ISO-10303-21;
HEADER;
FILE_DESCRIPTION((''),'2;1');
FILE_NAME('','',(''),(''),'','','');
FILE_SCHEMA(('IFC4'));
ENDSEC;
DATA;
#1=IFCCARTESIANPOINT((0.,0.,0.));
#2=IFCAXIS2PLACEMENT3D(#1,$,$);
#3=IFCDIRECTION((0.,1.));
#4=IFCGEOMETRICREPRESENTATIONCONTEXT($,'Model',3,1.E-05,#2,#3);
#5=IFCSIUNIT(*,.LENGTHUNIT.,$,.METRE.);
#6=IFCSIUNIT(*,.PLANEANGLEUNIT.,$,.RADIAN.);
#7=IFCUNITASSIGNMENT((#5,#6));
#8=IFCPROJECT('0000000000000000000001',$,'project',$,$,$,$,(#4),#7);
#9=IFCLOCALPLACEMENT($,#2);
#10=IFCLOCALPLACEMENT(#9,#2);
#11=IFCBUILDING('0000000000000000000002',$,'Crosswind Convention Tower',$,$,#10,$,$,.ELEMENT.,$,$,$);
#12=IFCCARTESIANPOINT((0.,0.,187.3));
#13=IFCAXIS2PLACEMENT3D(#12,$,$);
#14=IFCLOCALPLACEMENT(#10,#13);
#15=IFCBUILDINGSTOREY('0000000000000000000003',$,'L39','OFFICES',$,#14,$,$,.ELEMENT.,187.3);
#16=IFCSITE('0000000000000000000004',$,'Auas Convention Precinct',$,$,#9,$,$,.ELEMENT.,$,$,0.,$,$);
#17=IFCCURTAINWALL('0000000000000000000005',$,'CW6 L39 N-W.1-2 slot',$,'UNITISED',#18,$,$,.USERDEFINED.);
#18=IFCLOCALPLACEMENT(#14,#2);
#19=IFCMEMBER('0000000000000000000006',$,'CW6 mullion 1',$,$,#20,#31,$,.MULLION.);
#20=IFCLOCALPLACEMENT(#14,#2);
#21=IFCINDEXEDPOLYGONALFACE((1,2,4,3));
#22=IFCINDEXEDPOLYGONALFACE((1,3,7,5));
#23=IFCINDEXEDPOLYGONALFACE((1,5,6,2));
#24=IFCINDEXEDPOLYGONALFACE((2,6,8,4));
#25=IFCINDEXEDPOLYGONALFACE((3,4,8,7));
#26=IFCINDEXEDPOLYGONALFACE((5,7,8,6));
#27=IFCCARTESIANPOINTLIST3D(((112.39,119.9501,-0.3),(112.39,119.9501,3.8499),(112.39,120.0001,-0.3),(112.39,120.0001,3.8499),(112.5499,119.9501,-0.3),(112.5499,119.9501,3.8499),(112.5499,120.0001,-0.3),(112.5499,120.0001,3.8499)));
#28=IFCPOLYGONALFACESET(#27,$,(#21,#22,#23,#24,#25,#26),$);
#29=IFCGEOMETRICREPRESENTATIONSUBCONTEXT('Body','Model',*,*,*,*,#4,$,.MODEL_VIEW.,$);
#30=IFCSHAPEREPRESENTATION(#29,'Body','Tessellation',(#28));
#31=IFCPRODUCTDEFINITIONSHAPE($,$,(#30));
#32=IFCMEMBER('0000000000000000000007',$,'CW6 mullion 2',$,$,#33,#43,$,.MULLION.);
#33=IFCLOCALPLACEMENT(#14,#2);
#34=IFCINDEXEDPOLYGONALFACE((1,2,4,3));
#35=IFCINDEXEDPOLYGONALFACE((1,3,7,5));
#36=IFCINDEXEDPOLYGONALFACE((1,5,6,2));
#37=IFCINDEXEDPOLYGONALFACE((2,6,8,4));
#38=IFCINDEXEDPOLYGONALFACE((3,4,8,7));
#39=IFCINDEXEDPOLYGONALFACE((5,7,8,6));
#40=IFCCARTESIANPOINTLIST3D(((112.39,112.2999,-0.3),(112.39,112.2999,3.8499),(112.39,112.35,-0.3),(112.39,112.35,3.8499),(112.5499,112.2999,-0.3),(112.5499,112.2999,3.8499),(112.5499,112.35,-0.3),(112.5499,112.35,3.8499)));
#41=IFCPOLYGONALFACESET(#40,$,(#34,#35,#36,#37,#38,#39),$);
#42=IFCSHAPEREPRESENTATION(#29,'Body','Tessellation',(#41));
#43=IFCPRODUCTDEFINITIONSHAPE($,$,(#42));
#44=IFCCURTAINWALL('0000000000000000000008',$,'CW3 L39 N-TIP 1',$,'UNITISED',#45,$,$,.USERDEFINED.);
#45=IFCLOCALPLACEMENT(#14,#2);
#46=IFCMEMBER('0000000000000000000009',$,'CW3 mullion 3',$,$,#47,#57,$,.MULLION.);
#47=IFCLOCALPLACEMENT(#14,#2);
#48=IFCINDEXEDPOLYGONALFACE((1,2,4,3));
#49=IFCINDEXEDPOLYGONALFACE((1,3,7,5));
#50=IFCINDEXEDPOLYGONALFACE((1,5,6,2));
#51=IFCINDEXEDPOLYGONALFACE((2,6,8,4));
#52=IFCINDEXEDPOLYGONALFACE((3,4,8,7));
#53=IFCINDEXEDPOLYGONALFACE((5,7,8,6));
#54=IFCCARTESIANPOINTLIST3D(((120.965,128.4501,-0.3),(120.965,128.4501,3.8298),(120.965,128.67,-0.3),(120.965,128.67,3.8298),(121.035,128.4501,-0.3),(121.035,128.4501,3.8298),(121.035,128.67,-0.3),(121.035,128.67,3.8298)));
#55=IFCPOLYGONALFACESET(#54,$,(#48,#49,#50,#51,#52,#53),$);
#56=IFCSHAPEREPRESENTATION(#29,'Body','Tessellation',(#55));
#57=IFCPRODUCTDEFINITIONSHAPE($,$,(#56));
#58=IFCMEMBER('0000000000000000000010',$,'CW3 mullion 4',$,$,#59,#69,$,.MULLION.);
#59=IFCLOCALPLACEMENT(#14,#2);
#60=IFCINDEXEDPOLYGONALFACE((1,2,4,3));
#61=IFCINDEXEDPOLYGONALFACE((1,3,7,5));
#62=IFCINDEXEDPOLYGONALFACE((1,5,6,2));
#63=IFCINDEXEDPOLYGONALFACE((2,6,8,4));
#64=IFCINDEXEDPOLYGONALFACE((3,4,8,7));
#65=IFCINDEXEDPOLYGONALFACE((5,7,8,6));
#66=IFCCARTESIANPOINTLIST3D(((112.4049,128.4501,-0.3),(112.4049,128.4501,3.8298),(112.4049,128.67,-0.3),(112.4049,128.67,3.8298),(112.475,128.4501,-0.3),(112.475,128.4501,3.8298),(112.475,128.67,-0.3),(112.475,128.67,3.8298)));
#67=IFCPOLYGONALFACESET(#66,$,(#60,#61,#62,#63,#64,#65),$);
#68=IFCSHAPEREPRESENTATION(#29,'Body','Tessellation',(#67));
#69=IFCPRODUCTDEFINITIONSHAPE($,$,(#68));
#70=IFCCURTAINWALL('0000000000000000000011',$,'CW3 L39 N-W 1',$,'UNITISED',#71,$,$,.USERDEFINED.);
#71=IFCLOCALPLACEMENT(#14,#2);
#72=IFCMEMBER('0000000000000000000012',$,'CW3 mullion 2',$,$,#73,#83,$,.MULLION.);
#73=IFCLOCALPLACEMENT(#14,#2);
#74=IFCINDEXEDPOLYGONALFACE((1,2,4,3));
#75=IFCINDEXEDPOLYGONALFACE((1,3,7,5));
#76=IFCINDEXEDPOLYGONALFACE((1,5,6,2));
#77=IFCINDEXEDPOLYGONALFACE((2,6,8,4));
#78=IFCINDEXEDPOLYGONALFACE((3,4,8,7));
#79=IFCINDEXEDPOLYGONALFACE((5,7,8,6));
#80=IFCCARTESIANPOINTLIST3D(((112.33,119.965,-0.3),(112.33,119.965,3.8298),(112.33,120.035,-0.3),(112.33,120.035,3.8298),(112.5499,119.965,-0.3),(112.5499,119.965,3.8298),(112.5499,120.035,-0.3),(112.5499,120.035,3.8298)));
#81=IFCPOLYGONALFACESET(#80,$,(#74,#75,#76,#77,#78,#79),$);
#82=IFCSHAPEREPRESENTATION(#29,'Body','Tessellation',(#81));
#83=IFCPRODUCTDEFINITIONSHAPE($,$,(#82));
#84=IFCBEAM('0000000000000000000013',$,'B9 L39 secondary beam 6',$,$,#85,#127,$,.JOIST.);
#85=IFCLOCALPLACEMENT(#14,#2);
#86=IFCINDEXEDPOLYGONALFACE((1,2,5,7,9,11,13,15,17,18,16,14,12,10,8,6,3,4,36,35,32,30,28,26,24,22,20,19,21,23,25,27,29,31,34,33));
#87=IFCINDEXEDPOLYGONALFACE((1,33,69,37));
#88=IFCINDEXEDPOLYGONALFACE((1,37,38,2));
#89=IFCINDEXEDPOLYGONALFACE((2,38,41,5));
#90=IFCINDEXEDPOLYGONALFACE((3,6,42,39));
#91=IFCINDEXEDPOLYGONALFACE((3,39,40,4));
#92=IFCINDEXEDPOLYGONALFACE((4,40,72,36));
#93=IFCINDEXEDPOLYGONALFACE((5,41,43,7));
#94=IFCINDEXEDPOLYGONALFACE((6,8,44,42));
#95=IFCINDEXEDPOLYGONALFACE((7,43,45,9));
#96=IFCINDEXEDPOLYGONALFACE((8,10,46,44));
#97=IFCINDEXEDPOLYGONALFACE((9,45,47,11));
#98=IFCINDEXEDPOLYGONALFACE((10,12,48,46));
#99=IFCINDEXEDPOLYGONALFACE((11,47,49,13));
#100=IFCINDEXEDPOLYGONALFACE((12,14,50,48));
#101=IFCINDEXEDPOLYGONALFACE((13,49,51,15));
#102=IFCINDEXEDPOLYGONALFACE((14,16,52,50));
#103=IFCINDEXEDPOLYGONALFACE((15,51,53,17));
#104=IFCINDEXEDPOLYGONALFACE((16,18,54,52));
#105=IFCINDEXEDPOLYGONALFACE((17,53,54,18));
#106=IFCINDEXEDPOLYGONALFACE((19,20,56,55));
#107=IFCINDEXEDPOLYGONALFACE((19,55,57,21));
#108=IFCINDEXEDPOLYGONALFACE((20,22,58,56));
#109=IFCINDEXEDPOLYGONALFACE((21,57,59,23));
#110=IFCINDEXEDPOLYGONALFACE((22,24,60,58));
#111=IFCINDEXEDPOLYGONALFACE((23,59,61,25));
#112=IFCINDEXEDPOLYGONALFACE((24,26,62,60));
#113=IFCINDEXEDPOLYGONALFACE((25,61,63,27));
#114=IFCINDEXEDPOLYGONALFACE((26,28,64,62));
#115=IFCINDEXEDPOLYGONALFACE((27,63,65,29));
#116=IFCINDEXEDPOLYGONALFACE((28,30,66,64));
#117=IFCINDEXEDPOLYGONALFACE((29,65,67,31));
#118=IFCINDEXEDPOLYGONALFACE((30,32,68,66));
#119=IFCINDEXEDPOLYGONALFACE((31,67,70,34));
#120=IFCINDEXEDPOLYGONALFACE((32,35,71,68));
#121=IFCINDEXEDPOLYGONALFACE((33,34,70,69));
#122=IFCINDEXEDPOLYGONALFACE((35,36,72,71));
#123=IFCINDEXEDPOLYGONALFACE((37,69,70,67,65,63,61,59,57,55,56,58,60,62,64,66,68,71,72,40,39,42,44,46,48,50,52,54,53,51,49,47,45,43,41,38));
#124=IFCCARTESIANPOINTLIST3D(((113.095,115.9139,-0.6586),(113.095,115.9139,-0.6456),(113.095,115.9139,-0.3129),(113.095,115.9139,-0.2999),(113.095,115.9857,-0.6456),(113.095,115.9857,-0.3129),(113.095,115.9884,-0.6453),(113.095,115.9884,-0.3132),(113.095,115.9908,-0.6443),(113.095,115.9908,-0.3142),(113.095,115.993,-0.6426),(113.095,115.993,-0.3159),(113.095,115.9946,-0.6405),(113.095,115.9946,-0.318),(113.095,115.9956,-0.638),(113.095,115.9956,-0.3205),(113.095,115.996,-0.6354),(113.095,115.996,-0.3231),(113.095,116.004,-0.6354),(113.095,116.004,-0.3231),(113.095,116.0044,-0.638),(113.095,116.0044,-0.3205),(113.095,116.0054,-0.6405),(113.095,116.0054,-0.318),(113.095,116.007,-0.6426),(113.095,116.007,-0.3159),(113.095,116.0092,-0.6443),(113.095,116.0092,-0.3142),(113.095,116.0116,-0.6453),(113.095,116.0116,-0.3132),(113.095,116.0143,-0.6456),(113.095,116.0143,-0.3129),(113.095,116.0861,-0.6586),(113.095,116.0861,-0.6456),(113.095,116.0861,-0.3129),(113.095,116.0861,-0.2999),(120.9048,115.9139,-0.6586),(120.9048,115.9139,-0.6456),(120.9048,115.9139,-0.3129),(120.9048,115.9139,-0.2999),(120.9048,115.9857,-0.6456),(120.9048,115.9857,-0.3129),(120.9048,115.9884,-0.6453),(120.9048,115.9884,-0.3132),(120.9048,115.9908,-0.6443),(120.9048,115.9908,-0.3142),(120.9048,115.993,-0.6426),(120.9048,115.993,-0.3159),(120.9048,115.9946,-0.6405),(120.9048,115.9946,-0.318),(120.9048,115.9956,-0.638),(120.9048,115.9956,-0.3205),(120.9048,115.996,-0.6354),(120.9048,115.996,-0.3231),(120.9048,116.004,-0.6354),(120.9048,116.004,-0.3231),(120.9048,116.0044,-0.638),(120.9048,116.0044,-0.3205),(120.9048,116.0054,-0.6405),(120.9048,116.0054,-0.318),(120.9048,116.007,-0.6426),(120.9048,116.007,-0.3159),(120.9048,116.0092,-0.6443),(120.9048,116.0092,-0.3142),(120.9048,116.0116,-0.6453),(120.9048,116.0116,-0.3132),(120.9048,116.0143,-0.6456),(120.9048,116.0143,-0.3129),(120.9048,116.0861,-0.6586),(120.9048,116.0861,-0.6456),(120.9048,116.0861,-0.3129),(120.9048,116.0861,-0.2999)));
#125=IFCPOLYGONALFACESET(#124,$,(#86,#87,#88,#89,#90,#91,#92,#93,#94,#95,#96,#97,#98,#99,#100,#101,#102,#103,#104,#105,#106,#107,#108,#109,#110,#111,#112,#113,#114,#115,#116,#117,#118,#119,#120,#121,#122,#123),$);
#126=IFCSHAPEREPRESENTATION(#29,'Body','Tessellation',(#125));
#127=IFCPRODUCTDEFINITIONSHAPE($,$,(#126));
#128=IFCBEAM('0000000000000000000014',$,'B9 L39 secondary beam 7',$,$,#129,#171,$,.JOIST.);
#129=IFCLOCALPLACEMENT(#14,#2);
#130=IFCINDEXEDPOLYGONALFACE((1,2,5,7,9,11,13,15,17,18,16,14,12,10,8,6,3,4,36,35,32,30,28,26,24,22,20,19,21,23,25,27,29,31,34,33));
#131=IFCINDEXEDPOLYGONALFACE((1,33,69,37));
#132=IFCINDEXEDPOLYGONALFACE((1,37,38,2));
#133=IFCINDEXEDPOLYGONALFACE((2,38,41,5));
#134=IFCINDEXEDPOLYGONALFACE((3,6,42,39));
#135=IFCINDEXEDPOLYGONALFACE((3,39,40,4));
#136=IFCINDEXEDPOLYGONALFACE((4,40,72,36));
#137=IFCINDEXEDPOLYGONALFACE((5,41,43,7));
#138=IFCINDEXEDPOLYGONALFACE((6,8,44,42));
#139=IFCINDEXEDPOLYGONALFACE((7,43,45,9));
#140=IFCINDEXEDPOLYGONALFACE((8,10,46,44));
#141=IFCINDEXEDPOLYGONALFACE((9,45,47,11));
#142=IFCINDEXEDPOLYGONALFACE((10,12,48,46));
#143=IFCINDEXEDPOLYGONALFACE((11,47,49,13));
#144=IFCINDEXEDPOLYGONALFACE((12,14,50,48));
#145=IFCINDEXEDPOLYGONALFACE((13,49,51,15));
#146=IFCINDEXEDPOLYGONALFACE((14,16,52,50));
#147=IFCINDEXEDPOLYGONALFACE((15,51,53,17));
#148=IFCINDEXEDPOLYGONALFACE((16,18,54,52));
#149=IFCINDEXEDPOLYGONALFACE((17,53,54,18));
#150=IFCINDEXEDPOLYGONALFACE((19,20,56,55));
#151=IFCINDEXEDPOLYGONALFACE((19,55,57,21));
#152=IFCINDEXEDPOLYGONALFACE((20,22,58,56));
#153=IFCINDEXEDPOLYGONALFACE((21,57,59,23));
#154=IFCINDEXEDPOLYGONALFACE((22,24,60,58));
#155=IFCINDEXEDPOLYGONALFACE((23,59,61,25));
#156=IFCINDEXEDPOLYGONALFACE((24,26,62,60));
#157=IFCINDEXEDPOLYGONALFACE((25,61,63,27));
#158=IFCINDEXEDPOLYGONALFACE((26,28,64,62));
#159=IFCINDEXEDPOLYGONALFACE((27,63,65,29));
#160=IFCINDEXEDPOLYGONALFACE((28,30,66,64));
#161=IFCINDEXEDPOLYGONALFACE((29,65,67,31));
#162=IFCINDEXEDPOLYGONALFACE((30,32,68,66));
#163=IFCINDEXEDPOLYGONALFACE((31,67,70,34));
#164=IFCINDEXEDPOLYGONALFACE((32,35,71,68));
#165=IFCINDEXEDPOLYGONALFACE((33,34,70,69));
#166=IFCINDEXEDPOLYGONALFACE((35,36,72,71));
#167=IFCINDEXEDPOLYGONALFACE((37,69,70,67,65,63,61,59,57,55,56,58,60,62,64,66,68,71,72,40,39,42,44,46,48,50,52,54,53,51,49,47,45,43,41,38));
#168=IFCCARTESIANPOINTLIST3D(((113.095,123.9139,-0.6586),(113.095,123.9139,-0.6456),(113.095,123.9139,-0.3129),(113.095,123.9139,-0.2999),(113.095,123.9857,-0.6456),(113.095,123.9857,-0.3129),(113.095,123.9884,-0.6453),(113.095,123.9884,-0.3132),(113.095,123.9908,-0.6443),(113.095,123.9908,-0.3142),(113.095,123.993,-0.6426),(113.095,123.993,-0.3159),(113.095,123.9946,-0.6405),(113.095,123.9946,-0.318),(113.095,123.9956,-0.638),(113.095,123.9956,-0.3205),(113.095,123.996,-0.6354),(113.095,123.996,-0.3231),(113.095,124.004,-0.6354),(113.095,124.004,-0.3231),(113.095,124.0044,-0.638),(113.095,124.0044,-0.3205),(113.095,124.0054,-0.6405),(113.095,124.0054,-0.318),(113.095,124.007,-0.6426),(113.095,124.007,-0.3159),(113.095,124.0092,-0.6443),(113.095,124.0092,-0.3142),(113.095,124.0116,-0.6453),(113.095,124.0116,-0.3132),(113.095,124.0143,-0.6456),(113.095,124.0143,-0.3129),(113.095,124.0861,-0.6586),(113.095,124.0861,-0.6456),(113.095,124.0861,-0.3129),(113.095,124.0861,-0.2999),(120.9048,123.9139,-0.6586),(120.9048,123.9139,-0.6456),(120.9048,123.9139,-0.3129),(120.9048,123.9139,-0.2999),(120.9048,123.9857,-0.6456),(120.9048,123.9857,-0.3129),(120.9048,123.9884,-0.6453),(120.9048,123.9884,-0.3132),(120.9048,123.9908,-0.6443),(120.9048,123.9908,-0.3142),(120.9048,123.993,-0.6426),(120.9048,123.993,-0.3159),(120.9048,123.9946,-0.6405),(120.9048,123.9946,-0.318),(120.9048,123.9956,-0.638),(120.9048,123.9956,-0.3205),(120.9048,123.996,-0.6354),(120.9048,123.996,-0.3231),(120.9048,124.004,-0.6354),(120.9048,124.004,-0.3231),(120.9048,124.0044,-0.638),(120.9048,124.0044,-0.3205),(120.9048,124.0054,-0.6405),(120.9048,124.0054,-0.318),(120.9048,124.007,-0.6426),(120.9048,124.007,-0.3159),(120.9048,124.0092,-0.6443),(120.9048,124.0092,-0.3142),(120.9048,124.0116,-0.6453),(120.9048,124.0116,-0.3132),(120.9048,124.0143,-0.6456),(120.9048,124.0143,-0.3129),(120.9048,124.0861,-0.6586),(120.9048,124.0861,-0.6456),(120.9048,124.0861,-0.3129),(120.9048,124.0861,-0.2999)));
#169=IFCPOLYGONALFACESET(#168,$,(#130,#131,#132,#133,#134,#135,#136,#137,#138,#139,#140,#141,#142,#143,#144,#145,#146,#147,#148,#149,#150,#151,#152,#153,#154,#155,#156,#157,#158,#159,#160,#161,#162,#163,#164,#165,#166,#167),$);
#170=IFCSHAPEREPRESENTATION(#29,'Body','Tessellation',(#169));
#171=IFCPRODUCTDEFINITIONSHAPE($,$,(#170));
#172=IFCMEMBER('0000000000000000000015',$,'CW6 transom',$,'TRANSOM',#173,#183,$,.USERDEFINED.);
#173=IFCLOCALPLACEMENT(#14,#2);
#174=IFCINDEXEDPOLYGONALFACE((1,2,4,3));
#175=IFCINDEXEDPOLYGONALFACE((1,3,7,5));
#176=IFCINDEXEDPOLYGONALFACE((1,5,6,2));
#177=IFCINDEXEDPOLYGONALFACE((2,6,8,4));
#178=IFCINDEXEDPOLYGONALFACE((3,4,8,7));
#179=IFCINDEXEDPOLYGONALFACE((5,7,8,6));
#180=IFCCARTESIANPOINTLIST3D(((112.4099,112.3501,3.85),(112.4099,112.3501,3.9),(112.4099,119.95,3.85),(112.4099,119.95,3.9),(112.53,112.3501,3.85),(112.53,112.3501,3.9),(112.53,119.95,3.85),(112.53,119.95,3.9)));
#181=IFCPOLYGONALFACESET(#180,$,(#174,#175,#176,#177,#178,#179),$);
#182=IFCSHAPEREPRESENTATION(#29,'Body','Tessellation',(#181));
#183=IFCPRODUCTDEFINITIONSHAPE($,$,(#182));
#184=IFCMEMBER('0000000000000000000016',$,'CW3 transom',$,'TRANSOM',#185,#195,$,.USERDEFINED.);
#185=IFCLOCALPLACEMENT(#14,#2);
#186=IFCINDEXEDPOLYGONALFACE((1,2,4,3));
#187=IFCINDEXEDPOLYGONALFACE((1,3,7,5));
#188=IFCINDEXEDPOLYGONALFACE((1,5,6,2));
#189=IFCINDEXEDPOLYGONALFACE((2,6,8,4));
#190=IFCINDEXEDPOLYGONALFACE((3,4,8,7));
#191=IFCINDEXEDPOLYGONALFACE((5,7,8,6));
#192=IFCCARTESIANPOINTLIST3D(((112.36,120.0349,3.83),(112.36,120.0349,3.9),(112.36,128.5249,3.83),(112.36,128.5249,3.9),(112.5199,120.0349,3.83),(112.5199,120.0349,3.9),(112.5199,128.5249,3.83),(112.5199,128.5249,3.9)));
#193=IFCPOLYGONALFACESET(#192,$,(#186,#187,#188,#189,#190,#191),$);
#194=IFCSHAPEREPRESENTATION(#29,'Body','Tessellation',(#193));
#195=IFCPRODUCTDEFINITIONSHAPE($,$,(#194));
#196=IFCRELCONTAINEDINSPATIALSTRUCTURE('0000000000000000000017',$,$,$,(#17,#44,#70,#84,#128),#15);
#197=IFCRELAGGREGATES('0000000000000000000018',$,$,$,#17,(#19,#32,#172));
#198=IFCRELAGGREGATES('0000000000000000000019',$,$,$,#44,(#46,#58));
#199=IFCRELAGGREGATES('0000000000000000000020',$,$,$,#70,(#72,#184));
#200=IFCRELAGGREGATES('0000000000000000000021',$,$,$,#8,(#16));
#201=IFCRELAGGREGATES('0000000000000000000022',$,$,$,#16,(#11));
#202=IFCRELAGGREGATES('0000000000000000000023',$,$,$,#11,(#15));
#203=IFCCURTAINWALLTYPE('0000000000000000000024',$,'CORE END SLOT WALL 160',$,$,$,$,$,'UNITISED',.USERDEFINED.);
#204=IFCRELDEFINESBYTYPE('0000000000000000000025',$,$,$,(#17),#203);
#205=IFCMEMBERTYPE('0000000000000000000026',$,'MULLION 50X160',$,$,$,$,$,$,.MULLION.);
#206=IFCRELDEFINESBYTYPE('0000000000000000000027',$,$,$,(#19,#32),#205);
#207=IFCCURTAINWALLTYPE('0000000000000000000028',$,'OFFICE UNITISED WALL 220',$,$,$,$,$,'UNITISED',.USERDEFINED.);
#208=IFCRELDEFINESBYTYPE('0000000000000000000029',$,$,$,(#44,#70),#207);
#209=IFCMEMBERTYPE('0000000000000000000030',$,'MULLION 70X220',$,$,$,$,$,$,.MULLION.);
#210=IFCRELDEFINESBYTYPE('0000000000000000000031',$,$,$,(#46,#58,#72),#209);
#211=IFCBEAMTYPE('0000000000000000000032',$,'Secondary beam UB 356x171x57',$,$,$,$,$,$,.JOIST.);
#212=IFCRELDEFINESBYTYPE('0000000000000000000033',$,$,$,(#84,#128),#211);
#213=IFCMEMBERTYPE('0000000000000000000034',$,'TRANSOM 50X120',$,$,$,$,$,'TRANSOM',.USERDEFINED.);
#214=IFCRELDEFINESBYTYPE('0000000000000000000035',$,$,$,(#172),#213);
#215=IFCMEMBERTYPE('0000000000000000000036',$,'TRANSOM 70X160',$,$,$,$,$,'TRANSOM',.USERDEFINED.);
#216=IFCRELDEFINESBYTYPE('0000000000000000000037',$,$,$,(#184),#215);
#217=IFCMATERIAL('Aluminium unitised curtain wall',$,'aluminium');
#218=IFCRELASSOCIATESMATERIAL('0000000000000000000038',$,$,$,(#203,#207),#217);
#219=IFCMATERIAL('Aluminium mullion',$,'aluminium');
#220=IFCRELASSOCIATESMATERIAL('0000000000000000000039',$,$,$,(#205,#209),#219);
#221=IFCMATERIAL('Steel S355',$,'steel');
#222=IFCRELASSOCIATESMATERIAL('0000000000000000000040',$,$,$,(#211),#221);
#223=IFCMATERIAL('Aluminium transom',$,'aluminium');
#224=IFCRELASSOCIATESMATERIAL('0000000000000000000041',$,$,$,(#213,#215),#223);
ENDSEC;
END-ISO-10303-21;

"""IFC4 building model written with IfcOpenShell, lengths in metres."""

from ifc_helpers import new_model, si_unit, direction, frame, origin, origin_2d, place, context, subcontext, project, spatial, rectangle, i_section, extrude, material, material_profile, profile_set, type_object, element, aggregate, save


model = new_model("IFC4")

# Units and contexts
model_context = context("Model", 3, precision=1e-05, world=origin(), true_north=direction((0.0, 1.0)))
body_context = subcontext(model_context, "Body", "Model", "MODEL_VIEW")
ifc_project = project(units=[si_unit("LENGTHUNIT", "METRE"), si_unit("PLANEANGLEUNIT", "RADIAN")], contexts=[model_context])

# Site, building, storey
site_placement = place(None, origin())
site = spatial("IfcSite", under=ifc_project, at=site_placement, Name="Auas Convention Precinct", CompositionType="ELEMENT", RefElevation=0.0)
building_placement = place(site_placement, origin())
building = spatial("IfcBuilding", under=site, at=building_placement, Name="Crosswind Convention Tower", CompositionType="ELEMENT")
storey_placement = place(building_placement, frame((0.0, 0.0, 187.3)))
storey = spatial("IfcBuildingStorey", under=building, at=storey_placement, Name="L39", Description="OFFICES", CompositionType="ELEMENT", Elevation=187.3)

# Shared definitions
ifc_material_1 = material(Name="Steel S355", Category="steel")

# Curtain walls, members
ifc_material_2 = material(Name="Aluminium unitised curtain wall", Category="aluminium")
curtain_wall_type_1 = type_object("IfcCurtainWallType", Name="CORE END SLOT WALL 160", ElementType="UNITISED", PredefinedType="USERDEFINED", material=ifc_material_2)
curtain_wall_1_placement = place(storey_placement, origin())
curtain_wall_1 = element("IfcCurtainWall", 1, at=curtain_wall_1_placement, inside=storey, type_object=curtain_wall_type_1, Name="CW6 L39 N-W.1-2 slot", ObjectType="UNITISED", PredefinedType="USERDEFINED")
ifc_material_3 = material(Name="Aluminium mullion", Category="aluminium")
ifc_material_profile_1 = material_profile(ifc_material_3, rectangle(XDim=0.1599, YDim=0.05, at=origin_2d()), Name="AL 160X50")
ifc_profile_set_1 = profile_set([ifc_material_profile_1], Name="Aluminium mullion")
member_type_1 = type_object("IfcMemberType", Name="MULLION 50X160", PredefinedType="MULLION", material=ifc_profile_set_1)
member_1_placement = place(storey_placement, frame((112.47, 119.9751, -0.3), z_axis=(0.0, 0.0, 1.0), x_axis=(-1.0, 0.0, 0.0)))
member_1 = element("IfcMember", 2, at=member_1_placement, type_object=member_type_1, Name="CW6 mullion 1", PredefinedType="MULLION", context=body_context, shape_type="SweptSolid", body=[
    extrude(rectangle(XDim=0.1599, YDim=0.05, at=origin_2d()), origin(), (0.0, 0.0, 1.0), 4.1499),
])
member_2_placement = place(storey_placement, frame((112.47, 112.325, -0.3), z_axis=(0.0, 0.0, 1.0), x_axis=(-1.0, 0.0, 0.0)))
member_2 = element("IfcMember", 3, at=member_2_placement, type_object=member_type_1, Name="CW6 mullion 2", PredefinedType="MULLION", context=body_context, shape_type="SweptSolid", body=[
    extrude(rectangle(XDim=0.1599, YDim=0.05, at=origin_2d()), origin(), (0.0, 0.0, 1.0), 4.1499),
])
curtain_wall_type_2 = type_object("IfcCurtainWallType", Name="OFFICE UNITISED WALL 220", ElementType="UNITISED", PredefinedType="USERDEFINED", material=ifc_material_2)
curtain_wall_2_placement = place(storey_placement, origin())
curtain_wall_2 = element("IfcCurtainWall", 4, at=curtain_wall_2_placement, inside=storey, type_object=curtain_wall_type_2, Name="CW3 L39 N-TIP 1", ObjectType="UNITISED", PredefinedType="USERDEFINED")
ifc_material_profile_2 = material_profile(ifc_material_3, rectangle(XDim=0.22, YDim=0.0701, at=origin_2d()), Name="AL 220X70")
ifc_profile_set_2 = profile_set([ifc_material_profile_2], Name="Aluminium mullion")
member_type_2 = type_object("IfcMemberType", Name="MULLION 70X220", PredefinedType="MULLION", material=ifc_profile_set_2)
member_3_placement = place(storey_placement, frame((121.0, 128.5601, -0.3), z_axis=(0.0, 0.0, 1.0), x_axis=(0.0, 1.0, 0.0)))
member_3 = element("IfcMember", 5, at=member_3_placement, type_object=member_type_2, Name="CW3 mullion 3", PredefinedType="MULLION", context=body_context, shape_type="SweptSolid", body=[
    extrude(rectangle(XDim=0.22, YDim=0.0701, at=origin_2d()), origin(), (0.0, 0.0, 1.0), 4.1299),
])
member_4_placement = place(storey_placement, frame((112.4399, 128.5601, -0.3), z_axis=(0.0, 0.0, 1.0), x_axis=(0.0, 1.0, 0.0)))
member_4 = element("IfcMember", 6, at=member_4_placement, type_object=member_type_2, Name="CW3 mullion 4", PredefinedType="MULLION", context=body_context, shape_type="SweptSolid", body=[
    extrude(rectangle(XDim=0.22, YDim=0.0701, at=origin_2d()), origin(), (0.0, 0.0, 1.0), 4.1299),
])

# Curtain wall, member
curtain_wall_3_placement = place(storey_placement, origin())
curtain_wall_3 = element("IfcCurtainWall", 7, at=curtain_wall_3_placement, inside=storey, type_object=curtain_wall_type_2, Name="CW3 L39 N-W 1", ObjectType="UNITISED", PredefinedType="USERDEFINED")
member_5_placement = place(storey_placement, frame((112.4399, 120.0, -0.3), z_axis=(0.0, 0.0, 1.0), x_axis=(-1.0, 0.0, 0.0)))
member_5 = element("IfcMember", 8, at=member_5_placement, type_object=member_type_2, Name="CW3 mullion 2", PredefinedType="MULLION", context=body_context, shape_type="SweptSolid", body=[
    extrude(rectangle(XDim=0.22, YDim=0.0701, at=origin_2d()), origin(), (0.0, 0.0, 1.0), 4.1299),
])

# Beams
ifc_material_profile_3 = material_profile(ifc_material_1, i_section(OverallWidth=0.1721, OverallDepth=0.3586, WebThickness=0.0081, FlangeThickness=0.0129, FilletRadius=0.0103, at=origin_2d()), Name="UB 356x171x57")
ifc_profile_set_3 = profile_set([ifc_material_profile_3], Name="Steel S355")
beam_type_1 = type_object("IfcBeamType", Name="Secondary beam UB 356x171x57", PredefinedType="JOIST", material=ifc_profile_set_3)
for number, where, z_axis, x_axis, name in (
    (9, (113.095, 116.0, -0.4792), (1.0, 0.0, 0.0), (0.0, 1.0, 0.0), "B9 L39 secondary beam 6"),
    (10, (113.095, 124.0, -0.4792), (1.0, 0.0, 0.0), (0.0, 1.0, 0.0), "B9 L39 secondary beam 7"),
):
    element("IfcBeam", number, at=place(storey_placement, frame(where, z_axis=z_axis, x_axis=x_axis)), inside=storey, type_object=beam_type_1, Name=name, PredefinedType="JOIST", context=body_context, shape_type="SweptSolid", body=[
        extrude(i_section(OverallWidth=0.1721, OverallDepth=0.3586, WebThickness=0.0081, FlangeThickness=0.0129, FilletRadius=0.0103, at=origin_2d()), origin(), (0.0, 0.0, 1.0), 7.8098),
    ])

# Members
ifc_material_4 = material(Name="Aluminium transom", Category="aluminium")
ifc_material_profile_4 = material_profile(ifc_material_4, rectangle(XDim=0.1201, YDim=0.05, at=origin_2d()), Name="AL 120X50")
ifc_profile_set_4 = profile_set([ifc_material_profile_4], Name="Aluminium transom")
member_type_3 = type_object("IfcMemberType", Name="TRANSOM 50X120", ElementType="TRANSOM", PredefinedType="USERDEFINED", material=ifc_profile_set_4)
member_6_placement = place(storey_placement, frame((112.47, 119.95, 3.875), z_axis=(0.0, -1.0, 0.0), x_axis=(1.0, 0.0, 0.0)))
member_6 = element("IfcMember", 11, at=member_6_placement, type_object=member_type_3, Name="CW6 transom", ObjectType="TRANSOM", PredefinedType="USERDEFINED", context=body_context, shape_type="SweptSolid", body=[
    extrude(rectangle(XDim=0.1201, YDim=0.05, at=origin_2d()), origin(), (0.0, 0.0, 1.0), 7.5999),
])
ifc_material_profile_5 = material_profile(ifc_material_4, rectangle(XDim=0.1599, YDim=0.0701, at=origin_2d()), Name="AL 160X70")
ifc_profile_set_5 = profile_set([ifc_material_profile_5], Name="Aluminium transom")
member_type_4 = type_object("IfcMemberType", Name="TRANSOM 70X160", ElementType="TRANSOM", PredefinedType="USERDEFINED", material=ifc_profile_set_5)
member_7_placement = place(storey_placement, frame((112.4399, 128.5249, 3.865), z_axis=(0.0, -1.0, 0.0), x_axis=(1.0, 0.0, 0.0)))
member_7 = element("IfcMember", 12, at=member_7_placement, type_object=member_type_4, Name="CW3 transom", ObjectType="TRANSOM", PredefinedType="USERDEFINED", context=body_context, shape_type="SweptSolid", body=[
    extrude(rectangle(XDim=0.1599, YDim=0.0701, at=origin_2d()), origin(), (0.0, 0.0, 1.0), 8.49),
])

aggregate(curtain_wall_1, [member_1, member_2, member_6])
aggregate(curtain_wall_2, [member_3, member_4])

aggregate(curtain_wall_3, [member_5, member_7])

save(model, "model.ifc")
